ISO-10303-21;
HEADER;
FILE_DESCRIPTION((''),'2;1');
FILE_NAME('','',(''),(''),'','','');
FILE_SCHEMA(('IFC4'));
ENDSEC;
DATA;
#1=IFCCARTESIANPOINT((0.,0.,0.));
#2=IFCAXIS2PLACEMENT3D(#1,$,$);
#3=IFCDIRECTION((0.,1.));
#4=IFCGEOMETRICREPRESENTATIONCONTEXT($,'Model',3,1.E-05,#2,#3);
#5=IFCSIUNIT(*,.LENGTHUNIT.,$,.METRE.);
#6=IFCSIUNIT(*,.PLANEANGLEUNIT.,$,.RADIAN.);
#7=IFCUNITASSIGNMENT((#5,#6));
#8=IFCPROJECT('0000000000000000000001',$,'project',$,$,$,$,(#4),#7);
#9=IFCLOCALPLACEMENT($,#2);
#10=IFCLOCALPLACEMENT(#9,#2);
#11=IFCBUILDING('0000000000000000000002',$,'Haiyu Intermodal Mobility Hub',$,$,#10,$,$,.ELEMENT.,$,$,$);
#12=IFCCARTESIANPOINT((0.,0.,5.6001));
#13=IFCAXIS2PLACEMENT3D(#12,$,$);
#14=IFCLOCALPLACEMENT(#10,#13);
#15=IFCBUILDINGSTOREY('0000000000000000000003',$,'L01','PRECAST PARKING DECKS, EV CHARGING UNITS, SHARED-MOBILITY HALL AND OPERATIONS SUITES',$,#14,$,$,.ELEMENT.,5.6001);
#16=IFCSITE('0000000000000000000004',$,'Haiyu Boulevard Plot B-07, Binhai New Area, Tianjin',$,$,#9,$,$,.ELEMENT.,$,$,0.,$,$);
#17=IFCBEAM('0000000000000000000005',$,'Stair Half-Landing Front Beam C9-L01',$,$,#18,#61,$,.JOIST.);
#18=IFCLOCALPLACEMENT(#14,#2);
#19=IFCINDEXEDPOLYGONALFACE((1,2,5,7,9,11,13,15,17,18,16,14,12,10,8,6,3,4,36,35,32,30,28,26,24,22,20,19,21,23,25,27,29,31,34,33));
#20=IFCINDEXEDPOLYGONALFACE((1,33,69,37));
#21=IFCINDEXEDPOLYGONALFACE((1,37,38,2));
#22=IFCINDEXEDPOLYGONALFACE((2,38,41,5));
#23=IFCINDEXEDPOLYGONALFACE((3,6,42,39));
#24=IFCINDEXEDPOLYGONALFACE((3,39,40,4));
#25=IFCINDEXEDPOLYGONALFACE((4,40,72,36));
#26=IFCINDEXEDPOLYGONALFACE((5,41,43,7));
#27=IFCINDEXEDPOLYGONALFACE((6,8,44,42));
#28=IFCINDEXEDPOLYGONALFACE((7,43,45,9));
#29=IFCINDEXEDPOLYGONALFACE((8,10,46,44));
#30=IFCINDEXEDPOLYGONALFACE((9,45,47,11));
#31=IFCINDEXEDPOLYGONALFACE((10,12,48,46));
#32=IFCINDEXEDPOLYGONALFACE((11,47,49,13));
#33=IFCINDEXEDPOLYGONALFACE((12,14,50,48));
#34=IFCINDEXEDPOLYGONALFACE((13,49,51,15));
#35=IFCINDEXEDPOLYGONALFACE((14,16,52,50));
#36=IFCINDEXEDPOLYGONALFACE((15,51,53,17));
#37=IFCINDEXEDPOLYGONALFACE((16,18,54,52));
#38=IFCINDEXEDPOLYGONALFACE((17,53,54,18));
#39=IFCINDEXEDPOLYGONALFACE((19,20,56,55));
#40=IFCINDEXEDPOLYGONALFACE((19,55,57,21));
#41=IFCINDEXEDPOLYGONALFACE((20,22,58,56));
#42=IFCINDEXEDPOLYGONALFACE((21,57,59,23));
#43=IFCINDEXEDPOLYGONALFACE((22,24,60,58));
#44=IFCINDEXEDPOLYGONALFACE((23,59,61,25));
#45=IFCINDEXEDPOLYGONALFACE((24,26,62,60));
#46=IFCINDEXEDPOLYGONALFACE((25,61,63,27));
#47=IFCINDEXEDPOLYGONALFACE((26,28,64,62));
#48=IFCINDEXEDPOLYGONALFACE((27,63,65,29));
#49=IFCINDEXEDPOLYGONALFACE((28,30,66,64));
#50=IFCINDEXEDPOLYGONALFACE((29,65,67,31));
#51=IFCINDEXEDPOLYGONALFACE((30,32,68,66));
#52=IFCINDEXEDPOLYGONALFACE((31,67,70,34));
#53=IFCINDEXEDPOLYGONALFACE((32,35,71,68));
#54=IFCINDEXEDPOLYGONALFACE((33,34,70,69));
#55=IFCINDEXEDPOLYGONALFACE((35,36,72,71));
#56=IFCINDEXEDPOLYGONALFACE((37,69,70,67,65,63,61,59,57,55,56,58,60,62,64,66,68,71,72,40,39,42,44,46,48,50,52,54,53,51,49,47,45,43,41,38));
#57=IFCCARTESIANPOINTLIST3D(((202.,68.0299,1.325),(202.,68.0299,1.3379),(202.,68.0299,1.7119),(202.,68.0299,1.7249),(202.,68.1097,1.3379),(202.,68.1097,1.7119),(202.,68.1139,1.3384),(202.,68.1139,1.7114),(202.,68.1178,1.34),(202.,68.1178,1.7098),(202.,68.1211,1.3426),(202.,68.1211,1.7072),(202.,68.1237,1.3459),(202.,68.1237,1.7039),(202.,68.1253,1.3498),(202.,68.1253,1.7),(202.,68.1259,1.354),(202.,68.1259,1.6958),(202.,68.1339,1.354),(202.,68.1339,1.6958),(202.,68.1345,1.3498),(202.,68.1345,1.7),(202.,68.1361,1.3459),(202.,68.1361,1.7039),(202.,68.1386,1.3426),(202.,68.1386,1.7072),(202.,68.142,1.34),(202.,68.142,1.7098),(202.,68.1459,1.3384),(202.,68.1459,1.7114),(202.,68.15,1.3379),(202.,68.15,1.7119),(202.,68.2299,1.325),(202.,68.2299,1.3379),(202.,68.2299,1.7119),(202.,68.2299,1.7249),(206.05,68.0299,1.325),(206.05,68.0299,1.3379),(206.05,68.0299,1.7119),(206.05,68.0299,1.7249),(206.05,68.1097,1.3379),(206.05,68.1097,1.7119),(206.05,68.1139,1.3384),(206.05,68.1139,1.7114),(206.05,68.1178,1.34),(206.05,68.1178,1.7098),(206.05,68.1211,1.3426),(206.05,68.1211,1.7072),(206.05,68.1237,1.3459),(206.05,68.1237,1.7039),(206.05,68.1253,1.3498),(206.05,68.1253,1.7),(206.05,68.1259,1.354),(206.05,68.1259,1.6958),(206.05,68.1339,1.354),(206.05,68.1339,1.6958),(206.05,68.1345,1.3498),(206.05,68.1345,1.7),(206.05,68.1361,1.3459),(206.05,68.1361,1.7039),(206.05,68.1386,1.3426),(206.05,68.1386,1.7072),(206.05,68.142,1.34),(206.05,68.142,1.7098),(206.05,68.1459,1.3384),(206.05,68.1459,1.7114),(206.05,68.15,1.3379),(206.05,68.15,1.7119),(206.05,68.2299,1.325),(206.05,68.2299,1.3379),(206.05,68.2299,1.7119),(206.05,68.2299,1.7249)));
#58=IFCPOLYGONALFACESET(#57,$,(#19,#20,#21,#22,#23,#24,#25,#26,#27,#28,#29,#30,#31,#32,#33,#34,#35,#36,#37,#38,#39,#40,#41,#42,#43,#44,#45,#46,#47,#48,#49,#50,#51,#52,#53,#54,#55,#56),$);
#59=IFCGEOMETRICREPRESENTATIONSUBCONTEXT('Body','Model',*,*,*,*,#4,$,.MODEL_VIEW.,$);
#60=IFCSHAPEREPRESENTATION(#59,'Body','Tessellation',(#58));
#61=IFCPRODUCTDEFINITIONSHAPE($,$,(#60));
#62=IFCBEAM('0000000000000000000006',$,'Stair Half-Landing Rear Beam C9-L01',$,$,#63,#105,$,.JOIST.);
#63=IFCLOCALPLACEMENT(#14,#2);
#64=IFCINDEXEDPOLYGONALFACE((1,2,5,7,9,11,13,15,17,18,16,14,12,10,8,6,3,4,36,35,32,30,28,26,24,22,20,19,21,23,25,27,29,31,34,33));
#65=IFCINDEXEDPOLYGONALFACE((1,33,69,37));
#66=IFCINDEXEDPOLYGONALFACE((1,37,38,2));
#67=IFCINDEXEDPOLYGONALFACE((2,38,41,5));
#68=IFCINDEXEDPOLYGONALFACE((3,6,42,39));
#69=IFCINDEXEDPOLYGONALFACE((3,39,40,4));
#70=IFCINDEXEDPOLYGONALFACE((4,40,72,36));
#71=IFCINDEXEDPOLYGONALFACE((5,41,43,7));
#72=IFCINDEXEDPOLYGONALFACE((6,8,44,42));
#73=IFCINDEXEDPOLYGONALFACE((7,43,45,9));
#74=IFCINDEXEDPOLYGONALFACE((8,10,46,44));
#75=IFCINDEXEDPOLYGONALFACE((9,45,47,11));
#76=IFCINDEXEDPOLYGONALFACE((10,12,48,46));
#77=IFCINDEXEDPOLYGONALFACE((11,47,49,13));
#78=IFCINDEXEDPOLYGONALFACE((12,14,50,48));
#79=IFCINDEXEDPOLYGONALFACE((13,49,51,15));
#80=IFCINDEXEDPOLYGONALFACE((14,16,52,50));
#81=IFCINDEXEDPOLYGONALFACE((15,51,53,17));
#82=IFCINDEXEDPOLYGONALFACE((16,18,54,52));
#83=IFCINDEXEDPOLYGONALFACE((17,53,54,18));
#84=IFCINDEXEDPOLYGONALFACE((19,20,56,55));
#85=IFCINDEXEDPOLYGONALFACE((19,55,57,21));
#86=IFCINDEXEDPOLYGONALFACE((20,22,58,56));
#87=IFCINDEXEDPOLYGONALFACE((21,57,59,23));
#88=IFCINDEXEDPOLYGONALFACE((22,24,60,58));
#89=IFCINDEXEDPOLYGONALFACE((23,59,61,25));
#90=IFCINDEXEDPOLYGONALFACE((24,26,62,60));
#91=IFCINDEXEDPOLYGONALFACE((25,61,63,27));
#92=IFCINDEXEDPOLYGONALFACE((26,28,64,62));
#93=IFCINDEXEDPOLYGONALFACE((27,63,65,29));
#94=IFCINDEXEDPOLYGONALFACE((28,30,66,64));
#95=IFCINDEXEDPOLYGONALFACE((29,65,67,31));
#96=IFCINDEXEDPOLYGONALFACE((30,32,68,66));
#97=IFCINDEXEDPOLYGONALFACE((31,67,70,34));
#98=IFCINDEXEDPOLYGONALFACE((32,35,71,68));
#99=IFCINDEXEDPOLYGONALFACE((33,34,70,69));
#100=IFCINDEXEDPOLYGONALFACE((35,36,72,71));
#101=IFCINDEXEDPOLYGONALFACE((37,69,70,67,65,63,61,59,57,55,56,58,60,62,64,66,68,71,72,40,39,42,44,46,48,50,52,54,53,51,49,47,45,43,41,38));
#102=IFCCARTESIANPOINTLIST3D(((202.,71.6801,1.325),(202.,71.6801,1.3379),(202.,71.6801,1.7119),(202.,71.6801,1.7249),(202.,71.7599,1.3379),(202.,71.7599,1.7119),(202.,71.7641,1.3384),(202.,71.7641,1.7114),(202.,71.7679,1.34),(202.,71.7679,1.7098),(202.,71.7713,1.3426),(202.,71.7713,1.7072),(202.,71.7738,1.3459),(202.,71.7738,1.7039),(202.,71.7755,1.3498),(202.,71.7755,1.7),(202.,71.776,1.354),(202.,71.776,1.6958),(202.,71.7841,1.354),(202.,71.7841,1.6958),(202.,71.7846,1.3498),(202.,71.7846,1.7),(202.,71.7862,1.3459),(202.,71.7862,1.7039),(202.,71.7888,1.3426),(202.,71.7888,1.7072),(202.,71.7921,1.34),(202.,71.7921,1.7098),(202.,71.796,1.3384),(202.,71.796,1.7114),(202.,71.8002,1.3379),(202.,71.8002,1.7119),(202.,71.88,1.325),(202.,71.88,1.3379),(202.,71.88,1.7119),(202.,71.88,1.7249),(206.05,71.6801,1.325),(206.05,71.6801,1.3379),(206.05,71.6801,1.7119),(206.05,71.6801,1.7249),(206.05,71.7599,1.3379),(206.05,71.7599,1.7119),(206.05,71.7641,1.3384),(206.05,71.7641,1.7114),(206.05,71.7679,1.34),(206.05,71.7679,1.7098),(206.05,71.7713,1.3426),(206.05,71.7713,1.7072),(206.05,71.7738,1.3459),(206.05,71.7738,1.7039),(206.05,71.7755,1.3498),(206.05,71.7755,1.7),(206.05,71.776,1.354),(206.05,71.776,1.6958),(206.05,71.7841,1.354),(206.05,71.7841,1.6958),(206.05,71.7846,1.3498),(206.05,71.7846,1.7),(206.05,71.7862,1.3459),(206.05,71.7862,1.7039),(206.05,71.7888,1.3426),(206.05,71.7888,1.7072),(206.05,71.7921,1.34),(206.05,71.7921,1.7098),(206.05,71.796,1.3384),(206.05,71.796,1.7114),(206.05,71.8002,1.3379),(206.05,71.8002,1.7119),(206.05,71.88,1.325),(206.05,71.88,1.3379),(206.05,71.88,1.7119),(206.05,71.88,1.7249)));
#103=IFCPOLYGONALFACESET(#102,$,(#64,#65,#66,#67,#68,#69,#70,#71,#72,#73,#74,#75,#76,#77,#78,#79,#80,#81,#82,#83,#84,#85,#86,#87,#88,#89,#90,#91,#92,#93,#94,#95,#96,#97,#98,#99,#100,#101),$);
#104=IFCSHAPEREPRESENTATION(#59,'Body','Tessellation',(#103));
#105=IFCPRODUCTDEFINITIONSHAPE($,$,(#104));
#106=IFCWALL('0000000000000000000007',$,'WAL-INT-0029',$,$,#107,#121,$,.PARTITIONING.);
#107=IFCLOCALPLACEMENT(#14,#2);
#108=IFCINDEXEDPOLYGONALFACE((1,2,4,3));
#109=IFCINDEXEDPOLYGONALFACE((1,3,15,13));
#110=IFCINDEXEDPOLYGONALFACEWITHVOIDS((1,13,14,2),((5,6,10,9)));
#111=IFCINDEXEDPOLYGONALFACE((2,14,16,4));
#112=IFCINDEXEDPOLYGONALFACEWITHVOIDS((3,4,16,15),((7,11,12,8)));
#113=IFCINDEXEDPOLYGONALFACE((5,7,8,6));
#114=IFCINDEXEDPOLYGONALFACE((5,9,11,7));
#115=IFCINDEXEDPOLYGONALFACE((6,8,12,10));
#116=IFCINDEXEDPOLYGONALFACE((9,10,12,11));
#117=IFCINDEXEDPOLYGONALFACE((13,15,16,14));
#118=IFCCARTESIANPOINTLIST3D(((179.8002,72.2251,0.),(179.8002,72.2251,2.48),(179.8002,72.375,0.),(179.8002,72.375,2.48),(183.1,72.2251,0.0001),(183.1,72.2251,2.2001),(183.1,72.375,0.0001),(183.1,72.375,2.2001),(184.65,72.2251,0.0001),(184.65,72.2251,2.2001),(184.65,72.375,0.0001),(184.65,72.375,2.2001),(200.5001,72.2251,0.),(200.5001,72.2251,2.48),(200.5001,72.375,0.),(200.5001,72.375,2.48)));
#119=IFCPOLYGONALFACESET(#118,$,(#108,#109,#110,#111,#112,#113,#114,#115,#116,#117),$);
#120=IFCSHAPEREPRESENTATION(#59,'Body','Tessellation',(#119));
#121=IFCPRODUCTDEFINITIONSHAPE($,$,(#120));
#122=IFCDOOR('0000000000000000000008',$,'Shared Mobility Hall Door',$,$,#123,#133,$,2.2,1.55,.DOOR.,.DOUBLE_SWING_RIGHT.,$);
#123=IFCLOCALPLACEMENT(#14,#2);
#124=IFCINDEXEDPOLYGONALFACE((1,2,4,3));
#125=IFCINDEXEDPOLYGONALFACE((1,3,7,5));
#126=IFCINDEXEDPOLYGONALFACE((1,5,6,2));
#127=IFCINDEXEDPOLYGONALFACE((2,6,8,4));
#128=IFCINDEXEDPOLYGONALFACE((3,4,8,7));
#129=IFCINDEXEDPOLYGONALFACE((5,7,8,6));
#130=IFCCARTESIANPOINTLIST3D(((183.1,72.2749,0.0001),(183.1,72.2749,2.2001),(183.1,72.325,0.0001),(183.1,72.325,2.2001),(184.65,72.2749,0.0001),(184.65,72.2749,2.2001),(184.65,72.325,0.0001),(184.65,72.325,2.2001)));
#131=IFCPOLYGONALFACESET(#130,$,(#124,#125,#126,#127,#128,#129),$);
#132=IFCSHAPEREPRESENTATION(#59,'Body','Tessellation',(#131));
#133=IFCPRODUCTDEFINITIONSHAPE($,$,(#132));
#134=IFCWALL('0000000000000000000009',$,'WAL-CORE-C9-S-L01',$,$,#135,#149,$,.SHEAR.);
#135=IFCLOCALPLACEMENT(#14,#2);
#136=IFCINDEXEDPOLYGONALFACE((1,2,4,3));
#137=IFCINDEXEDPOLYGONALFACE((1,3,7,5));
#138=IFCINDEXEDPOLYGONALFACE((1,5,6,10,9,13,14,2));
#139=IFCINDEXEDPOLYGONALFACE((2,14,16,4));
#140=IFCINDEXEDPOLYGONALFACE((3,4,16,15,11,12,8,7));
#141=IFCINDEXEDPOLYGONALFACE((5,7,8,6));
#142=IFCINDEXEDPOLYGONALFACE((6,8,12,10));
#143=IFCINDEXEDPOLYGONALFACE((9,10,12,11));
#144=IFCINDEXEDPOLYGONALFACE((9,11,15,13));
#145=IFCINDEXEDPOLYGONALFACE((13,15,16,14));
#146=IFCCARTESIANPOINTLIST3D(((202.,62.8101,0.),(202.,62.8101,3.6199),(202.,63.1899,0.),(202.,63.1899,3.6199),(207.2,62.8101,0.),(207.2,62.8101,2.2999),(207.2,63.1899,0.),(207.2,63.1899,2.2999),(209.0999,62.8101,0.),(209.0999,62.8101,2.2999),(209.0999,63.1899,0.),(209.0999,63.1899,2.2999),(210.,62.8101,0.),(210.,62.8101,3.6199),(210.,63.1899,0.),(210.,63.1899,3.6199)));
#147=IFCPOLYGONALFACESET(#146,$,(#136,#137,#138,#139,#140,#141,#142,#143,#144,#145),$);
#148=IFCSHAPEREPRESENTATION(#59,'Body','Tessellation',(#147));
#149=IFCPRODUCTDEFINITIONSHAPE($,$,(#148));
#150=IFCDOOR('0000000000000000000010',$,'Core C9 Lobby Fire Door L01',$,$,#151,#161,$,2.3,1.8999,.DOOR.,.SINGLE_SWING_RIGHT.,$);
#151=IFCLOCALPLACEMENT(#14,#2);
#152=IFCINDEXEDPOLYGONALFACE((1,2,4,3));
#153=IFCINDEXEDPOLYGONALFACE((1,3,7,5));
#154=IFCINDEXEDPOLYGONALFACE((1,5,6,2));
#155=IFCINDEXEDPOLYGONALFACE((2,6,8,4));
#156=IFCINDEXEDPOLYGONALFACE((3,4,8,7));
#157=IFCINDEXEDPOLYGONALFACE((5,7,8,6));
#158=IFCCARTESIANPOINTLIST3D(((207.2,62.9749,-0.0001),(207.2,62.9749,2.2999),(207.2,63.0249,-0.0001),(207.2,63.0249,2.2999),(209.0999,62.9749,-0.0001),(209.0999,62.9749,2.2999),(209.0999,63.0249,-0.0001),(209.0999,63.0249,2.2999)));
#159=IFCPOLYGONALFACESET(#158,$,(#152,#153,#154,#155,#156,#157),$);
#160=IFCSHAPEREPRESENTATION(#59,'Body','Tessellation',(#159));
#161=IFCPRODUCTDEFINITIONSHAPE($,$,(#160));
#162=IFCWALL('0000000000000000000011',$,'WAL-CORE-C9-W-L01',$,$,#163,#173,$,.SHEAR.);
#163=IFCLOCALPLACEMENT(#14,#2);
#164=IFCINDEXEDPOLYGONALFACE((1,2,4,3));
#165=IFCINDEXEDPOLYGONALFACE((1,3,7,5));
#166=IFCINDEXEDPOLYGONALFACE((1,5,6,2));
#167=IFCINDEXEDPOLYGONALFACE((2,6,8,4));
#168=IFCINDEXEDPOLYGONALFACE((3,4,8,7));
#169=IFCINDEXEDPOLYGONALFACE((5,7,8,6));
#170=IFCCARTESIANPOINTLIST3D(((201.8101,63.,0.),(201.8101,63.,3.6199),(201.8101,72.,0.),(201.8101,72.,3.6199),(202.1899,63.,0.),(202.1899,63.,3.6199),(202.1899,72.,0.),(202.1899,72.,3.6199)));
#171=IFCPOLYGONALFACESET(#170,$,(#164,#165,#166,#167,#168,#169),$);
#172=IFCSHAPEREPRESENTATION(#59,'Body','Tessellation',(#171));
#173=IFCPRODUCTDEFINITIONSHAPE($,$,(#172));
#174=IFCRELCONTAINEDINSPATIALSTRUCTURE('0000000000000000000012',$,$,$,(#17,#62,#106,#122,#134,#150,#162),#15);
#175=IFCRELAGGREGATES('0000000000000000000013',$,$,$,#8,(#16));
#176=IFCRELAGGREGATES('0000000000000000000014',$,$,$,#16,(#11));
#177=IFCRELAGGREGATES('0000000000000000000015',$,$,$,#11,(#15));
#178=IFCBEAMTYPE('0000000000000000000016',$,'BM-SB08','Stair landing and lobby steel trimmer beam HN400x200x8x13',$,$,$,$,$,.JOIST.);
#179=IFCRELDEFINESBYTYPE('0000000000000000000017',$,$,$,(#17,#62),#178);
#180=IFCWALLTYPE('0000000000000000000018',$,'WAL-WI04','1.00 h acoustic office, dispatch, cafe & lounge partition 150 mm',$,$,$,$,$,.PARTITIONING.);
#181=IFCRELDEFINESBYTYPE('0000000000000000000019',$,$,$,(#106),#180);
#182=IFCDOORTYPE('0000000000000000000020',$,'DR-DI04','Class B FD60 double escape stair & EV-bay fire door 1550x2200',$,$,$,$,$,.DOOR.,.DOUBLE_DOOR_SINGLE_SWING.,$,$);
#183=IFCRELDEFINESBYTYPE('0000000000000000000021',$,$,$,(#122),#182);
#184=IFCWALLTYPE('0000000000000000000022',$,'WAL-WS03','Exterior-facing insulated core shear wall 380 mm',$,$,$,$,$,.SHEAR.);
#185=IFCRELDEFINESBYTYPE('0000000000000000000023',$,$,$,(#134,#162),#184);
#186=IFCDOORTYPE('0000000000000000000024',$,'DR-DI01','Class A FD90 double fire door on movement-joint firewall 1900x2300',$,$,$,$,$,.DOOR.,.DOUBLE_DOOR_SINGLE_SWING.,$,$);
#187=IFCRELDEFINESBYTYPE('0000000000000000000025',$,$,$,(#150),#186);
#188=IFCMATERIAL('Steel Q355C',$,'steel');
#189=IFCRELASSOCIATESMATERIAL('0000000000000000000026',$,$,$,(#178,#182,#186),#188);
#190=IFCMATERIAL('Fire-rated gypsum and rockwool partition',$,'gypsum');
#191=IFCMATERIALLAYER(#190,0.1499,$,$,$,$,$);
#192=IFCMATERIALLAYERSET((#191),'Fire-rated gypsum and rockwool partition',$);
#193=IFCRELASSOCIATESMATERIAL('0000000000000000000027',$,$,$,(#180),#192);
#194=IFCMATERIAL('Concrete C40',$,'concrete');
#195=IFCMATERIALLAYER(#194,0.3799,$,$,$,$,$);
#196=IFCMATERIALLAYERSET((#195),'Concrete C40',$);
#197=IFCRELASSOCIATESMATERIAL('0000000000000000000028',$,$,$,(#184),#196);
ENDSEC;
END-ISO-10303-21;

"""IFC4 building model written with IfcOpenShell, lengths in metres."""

from ifc_helpers import new_model, si_unit, direction, frame, frame_2d, origin, origin_2d, place, context, subcontext, project, spatial, rectangle, i_section, extrude, material, layer, layer_set, material_profile, profile_set, type_object, element, fill, save


model = new_model("IFC4")

# Units and contexts
model_context = context("Model", 3, precision=1e-05, world=origin(), true_north=direction((0.0, 1.0)))
body_context = subcontext(model_context, "Body", "Model", "MODEL_VIEW")
ifc_project = project(units=[si_unit("LENGTHUNIT", "METRE"), si_unit("PLANEANGLEUNIT", "RADIAN")], contexts=[model_context])

# Site, building, storey
site_placement = place(None, origin())
site = spatial("IfcSite", under=ifc_project, at=site_placement, Name="Haiyu Boulevard Plot B-07, Binhai New Area, Tianjin", CompositionType="ELEMENT", RefElevation=0.0)
building_placement = place(site_placement, origin())
building = spatial("IfcBuilding", under=site, at=building_placement, Name="Haiyu Intermodal Mobility Hub", CompositionType="ELEMENT")
storey_placement = place(building_placement, frame((0.0, 0.0, 5.6001)))
storey = spatial("IfcBuildingStorey", under=building, at=storey_placement, Name="L01", Description="PRECAST PARKING DECKS, EV CHARGING UNITS, SHARED-MOBILITY HALL AND OPERATIONS SUITES", CompositionType="ELEMENT", Elevation=5.6001)

# Shared definitions
ifc_material_1 = material(Name="Concrete C40", Category="concrete")

# Beams
ifc_material_2 = material(Name="Steel Q355C", Category="steel")
ifc_material_profile_1 = material_profile(ifc_material_2, i_section(OverallWidth=0.2, OverallDepth=0.3999, WebThickness=0.0081, FlangeThickness=0.0129, FilletRadius=0.0161, at=origin_2d()), Name="HN400x200x8x13")
ifc_profile_set_1 = profile_set([ifc_material_profile_1], Name="Steel Q355C")
beam_type_1 = type_object("IfcBeamType", Name="BM-SB08", Description="Stair landing and lobby steel trimmer beam HN400x200x8x13", PredefinedType="JOIST", material=ifc_profile_set_1)
for number, where, z_axis, x_axis, name in (
    (1, (202.0, 68.1299, 1.5249), (1.0, 0.0, 0.0), (0.0, 1.0, 0.0), "Stair Half-Landing Front Beam C9-L01"),
    (2, (202.0, 71.78, 1.5249), (1.0, 0.0, 0.0), (0.0, 1.0, 0.0), "Stair Half-Landing Rear Beam C9-L01"),
):
    element("IfcBeam", number, at=place(storey_placement, frame(where, z_axis=z_axis, x_axis=x_axis)), inside=storey, type_object=beam_type_1, Name=name, PredefinedType="JOIST", context=body_context, shape_type="SweptSolid", body=[
        extrude(i_section(OverallWidth=0.2, OverallDepth=0.3999, WebThickness=0.0081, FlangeThickness=0.0129, FilletRadius=0.0161, at=origin_2d()), origin(), (0.0, 0.0, 1.0), 4.05),
    ])

# Walls, openings, doors
ifc_material_3 = material(Name="Fire-rated gypsum and rockwool partition", Category="gypsum")
ifc_layer_1 = layer(ifc_material_3, 0.1499)
ifc_layer_set_1 = layer_set([ifc_layer_1], Name="Fire-rated gypsum and rockwool partition")
wall_type_1 = type_object("IfcWallType", Name="WAL-WI04", Description="1.00 h acoustic office, dispatch, cafe & lounge partition 150 mm", PredefinedType="PARTITIONING", material=ifc_layer_set_1)
wall_1_placement = place(storey_placement, frame((179.8, 72.3, 0.0), z_axis=(0.0, 0.0, 1.0), x_axis=(1.0, 0.0, 0.0)))
wall_1 = element("IfcWall", 3, at=wall_1_placement, inside=storey, type_object=wall_type_1, Name="WAL-INT-0029", PredefinedType="PARTITIONING", context=body_context, shape_type="SweptSolid", body=[
    extrude(rectangle(XDim=20.7, YDim=0.1499, at=frame_2d((10.3501, 0.0))), origin(), (0.0, 0.0, 1.0), 2.48),
])
opening_1_placement = place(wall_1_placement, frame((3.3, 0.0, 0.0)))
opening_1 = element("IfcOpeningElement", 4, at=opening_1_placement, cuts=wall_1, PredefinedType="OPENING", context=body_context, shape_type="SweptSolid", body=[
    extrude(rectangle(XDim=1.55, YDim=2.2, at=frame_2d((0.7749, 1.1001))), frame((0.0, 0.085, 0.0), z_axis=(0.0, -1.0, 0.0), x_axis=(1.0, 0.0, 0.0)), (0.0, 0.0, 1.0), 0.1699),
])
door_type_1 = type_object("IfcDoorType", Name="DR-DI04", Description="Class B FD60 double escape stair & EV-bay fire door 1550x2200", OperationType="DOUBLE_DOOR_SINGLE_SWING", PredefinedType="DOOR", material=ifc_material_2)
door_1_placement = place(opening_1_placement, origin())
door_1 = element("IfcDoor", 5, at=door_1_placement, inside=storey, type_object=door_type_1, Name="Shared Mobility Hall Door", OperationType="DOUBLE_SWING_RIGHT", OverallHeight=2.2, OverallWidth=1.55, PredefinedType="DOOR", context=body_context, shape_type="SweptSolid", body=[
    extrude(rectangle(XDim=1.55, YDim=2.2, at=frame_2d((0.7749, 1.1001))), frame((0.0, 0.0249, 0.0), z_axis=(0.0, -1.0, 0.0), x_axis=(1.0, 0.0, 0.0)), (0.0, 0.0, 1.0), 0.05),
])
fill(opening_1, door_1)
ifc_layer_2 = layer(ifc_material_1, 0.3799)
ifc_layer_set_2 = layer_set([ifc_layer_2], Name="Concrete C40")
wall_type_2 = type_object("IfcWallType", Name="WAL-WS03", Description="Exterior-facing insulated core shear wall 380 mm", PredefinedType="SHEAR", material=ifc_layer_set_2)
wall_2_placement = place(storey_placement, frame((202.0, 63.0, 0.0), z_axis=(0.0, 0.0, 1.0), x_axis=(1.0, 0.0, 0.0)))
wall_2 = element("IfcWall", 6, at=wall_2_placement, inside=storey, type_object=wall_type_2, Name="WAL-CORE-C9-S-L01", PredefinedType="SHEAR", context=body_context, shape_type="SweptSolid", body=[
    extrude(rectangle(XDim=8.0, YDim=0.3799, at=frame_2d((4.0, 0.0))), origin(), (0.0, 0.0, 1.0), 3.6199),
])
opening_2_placement = place(wall_2_placement, frame((5.2, 0.0, 0.0)))
opening_2 = element("IfcOpeningElement", 7, at=opening_2_placement, cuts=wall_2, PredefinedType="OPENING", context=body_context, shape_type="SweptSolid", body=[
    extrude(rectangle(XDim=1.8999, YDim=2.3, at=frame_2d((0.95, 1.1499))), frame((0.0, 0.2, 0.0), z_axis=(0.0, -1.0, 0.0), x_axis=(1.0, 0.0, 0.0)), (0.0, 0.0, 1.0), 0.3999),
])
door_type_2 = type_object("IfcDoorType", Name="DR-DI01", Description="Class A FD90 double fire door on movement-joint firewall 1900x2300", OperationType="DOUBLE_DOOR_SINGLE_SWING", PredefinedType="DOOR", material=ifc_material_2)
door_2_placement = place(opening_2_placement, origin())
door_2 = element("IfcDoor", 8, at=door_2_placement, inside=storey, type_object=door_type_2, Name="Core C9 Lobby Fire Door L01", OperationType="SINGLE_SWING_RIGHT", OverallHeight=2.3, OverallWidth=1.8999, PredefinedType="DOOR", context=body_context, shape_type="SweptSolid", body=[
    extrude(rectangle(XDim=1.8999, YDim=2.3, at=frame_2d((0.95, 1.1499))), frame((0.0, 0.0249, 0.0), z_axis=(0.0, -1.0, 0.0), x_axis=(1.0, 0.0, 0.0)), (0.0, 0.0, 1.0), 0.05),
])
fill(opening_2, door_2)

# Wall
wall_3_placement = place(storey_placement, frame((202.0, 72.0, 0.0), z_axis=(0.0, 0.0, 1.0), x_axis=(0.0, -1.0, 0.0)))
element("IfcWall", 9, at=wall_3_placement, inside=storey, type_object=wall_type_2, Name="WAL-CORE-C9-W-L01", PredefinedType="SHEAR", context=body_context, shape_type="SweptSolid", body=[
    extrude(rectangle(XDim=9.0, YDim=0.3799, at=frame_2d((4.5, 0.0))), origin(), (0.0, 0.0, 1.0), 3.6199),
])

save(model, "model.ifc")
